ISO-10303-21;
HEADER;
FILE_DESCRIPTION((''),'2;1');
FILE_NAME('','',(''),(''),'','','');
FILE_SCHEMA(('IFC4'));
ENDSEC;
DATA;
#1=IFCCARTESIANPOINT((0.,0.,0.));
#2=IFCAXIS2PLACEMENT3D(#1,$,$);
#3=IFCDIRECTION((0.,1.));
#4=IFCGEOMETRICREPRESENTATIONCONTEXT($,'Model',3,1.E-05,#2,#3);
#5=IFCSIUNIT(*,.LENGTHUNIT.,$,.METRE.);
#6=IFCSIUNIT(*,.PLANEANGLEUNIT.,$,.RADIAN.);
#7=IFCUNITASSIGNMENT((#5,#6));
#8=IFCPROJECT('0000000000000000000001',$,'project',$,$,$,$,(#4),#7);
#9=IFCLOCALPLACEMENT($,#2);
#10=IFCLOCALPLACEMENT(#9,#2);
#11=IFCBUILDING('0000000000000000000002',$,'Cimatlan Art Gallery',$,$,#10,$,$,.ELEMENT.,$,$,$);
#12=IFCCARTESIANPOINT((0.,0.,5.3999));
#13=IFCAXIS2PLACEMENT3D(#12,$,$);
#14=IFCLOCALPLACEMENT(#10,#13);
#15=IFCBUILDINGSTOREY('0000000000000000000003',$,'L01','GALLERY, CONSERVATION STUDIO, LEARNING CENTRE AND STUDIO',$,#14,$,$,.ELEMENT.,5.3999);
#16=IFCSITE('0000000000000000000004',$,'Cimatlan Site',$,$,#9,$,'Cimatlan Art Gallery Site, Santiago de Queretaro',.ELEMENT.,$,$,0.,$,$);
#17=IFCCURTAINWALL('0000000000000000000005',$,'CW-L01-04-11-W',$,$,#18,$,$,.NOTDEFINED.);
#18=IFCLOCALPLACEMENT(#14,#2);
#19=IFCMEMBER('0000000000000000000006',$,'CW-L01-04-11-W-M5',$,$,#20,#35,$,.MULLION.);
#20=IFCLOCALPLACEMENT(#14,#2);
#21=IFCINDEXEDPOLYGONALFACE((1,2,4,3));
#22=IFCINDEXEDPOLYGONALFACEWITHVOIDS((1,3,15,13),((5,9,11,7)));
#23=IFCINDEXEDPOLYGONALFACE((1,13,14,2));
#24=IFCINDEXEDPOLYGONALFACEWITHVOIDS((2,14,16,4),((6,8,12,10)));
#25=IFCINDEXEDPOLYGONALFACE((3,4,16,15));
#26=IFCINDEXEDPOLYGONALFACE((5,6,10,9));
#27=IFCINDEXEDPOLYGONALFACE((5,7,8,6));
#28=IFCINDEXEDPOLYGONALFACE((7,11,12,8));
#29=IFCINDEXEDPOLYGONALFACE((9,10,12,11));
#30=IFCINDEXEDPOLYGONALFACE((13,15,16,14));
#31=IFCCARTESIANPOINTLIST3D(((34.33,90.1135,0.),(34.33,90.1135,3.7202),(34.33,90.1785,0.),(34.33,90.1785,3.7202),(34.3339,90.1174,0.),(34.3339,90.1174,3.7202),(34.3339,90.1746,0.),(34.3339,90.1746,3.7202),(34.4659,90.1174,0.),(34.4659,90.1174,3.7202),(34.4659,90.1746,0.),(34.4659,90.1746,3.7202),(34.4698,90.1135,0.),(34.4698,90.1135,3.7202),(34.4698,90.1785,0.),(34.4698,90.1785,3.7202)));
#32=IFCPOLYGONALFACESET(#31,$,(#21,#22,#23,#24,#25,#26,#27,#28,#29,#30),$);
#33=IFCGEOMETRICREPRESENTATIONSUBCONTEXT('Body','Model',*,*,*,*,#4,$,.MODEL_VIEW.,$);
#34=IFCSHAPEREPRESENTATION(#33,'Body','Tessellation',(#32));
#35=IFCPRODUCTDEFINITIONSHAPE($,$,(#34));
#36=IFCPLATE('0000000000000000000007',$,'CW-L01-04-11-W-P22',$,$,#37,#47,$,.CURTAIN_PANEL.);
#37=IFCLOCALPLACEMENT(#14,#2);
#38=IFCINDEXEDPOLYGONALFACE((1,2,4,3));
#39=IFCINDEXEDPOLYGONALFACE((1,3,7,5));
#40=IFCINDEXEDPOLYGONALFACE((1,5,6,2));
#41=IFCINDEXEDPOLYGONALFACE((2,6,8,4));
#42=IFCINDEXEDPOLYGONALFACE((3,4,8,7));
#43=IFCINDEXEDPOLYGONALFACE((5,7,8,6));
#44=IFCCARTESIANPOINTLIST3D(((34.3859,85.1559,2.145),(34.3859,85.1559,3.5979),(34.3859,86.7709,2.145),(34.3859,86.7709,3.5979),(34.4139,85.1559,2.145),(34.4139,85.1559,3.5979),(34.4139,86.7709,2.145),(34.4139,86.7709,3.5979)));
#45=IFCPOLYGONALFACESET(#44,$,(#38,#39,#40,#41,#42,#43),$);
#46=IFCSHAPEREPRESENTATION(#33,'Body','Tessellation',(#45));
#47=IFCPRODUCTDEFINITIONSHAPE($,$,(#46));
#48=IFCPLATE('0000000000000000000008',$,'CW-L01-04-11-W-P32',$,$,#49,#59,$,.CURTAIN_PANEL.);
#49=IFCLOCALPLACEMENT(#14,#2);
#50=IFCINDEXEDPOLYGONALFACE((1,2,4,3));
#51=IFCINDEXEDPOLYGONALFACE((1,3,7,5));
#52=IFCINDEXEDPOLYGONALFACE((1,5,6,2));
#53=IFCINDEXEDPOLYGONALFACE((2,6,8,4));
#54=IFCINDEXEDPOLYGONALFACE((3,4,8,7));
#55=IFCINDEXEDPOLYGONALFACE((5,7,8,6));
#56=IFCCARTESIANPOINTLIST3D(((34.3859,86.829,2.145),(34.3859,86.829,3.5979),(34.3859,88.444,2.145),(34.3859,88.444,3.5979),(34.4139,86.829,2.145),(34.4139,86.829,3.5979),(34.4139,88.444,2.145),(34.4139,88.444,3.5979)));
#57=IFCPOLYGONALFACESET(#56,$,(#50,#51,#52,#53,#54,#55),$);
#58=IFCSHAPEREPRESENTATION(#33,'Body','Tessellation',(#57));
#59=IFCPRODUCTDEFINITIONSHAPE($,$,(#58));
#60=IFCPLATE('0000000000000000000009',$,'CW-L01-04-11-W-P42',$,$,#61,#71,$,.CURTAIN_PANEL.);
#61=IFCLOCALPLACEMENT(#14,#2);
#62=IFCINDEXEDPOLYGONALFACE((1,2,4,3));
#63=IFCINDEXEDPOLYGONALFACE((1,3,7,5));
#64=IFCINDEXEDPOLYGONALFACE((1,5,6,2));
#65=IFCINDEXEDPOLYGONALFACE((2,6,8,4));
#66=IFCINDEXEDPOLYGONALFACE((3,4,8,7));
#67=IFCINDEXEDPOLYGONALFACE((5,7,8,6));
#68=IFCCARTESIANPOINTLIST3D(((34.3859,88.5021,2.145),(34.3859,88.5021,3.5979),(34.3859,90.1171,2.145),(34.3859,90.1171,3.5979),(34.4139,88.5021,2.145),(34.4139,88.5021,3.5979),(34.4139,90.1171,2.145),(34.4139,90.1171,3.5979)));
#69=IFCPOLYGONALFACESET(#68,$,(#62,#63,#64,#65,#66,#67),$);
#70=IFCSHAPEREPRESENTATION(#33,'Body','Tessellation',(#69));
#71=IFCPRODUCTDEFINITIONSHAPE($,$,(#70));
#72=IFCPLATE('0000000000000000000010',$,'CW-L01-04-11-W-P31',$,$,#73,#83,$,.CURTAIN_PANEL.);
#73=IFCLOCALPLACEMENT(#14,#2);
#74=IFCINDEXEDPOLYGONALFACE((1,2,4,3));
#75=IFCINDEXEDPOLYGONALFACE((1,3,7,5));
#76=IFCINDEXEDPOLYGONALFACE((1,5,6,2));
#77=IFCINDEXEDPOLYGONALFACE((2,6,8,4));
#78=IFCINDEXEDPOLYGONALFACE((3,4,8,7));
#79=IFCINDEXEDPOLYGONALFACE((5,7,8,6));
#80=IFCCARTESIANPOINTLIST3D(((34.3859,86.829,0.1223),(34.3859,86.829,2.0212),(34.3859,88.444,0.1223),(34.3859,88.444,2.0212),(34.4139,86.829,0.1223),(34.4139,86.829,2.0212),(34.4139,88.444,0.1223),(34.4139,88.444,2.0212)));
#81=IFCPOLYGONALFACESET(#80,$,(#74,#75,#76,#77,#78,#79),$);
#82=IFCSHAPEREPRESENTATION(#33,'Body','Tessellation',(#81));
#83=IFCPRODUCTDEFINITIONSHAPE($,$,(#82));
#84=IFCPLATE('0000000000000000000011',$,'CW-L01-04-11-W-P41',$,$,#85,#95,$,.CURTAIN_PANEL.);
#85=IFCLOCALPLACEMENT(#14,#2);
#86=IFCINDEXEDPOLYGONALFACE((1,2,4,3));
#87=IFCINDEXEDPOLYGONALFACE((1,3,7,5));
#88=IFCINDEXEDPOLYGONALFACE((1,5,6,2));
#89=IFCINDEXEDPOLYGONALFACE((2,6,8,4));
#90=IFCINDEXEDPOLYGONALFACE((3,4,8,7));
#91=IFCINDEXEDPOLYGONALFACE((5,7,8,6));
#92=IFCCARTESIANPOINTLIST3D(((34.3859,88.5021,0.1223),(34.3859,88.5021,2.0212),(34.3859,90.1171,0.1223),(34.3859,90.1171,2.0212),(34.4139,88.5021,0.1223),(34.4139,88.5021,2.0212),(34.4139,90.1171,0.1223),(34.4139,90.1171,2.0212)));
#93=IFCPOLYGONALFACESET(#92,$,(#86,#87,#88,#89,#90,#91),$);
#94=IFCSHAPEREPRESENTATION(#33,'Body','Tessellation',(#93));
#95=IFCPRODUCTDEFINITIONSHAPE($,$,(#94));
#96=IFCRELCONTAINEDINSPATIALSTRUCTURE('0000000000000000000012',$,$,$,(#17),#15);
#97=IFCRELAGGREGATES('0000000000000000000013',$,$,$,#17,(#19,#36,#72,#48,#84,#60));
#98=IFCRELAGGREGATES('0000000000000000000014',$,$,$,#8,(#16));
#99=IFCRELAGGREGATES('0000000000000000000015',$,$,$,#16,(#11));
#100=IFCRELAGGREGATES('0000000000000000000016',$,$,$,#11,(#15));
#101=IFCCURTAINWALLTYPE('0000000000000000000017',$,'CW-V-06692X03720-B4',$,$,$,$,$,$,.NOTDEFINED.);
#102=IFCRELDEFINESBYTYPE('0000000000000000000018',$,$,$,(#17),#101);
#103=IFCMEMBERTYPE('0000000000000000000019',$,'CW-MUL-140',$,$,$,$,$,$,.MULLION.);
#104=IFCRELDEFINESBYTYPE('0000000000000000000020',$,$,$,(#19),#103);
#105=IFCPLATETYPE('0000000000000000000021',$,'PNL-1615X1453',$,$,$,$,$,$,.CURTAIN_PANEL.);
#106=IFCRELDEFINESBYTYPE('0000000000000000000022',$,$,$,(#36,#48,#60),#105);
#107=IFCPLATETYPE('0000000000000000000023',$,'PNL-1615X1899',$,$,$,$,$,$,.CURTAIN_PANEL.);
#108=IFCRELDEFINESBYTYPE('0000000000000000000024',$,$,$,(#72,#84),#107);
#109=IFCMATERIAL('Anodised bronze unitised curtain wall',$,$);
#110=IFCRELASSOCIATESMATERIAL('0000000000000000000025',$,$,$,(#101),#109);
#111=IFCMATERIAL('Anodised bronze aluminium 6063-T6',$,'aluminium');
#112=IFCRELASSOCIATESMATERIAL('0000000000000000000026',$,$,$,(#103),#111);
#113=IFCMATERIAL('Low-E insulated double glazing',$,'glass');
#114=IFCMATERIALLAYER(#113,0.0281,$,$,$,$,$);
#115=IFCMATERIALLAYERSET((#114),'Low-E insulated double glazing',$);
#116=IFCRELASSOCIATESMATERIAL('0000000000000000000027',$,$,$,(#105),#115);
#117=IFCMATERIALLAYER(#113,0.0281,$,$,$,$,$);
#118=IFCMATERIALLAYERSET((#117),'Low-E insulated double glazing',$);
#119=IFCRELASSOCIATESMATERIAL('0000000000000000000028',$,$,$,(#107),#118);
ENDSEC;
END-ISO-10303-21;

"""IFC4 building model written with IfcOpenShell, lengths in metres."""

from ifc_helpers import new_model, si_unit, direction, frame, origin, origin_2d, place, context, subcontext, project, spatial, rectangle, hollow_rectangle, extrude, material, layer, layer_set, material_profile, profile_set, type_object, element, aggregate, save


model = new_model("IFC4")

# Units and contexts
model_context = context("Model", 3, precision=1e-05, world=origin(), true_north=direction((0.0, 1.0)))
body_context = subcontext(model_context, "Body", "Model", "MODEL_VIEW")
ifc_project = project(units=[si_unit("LENGTHUNIT", "METRE"), si_unit("PLANEANGLEUNIT", "RADIAN")], contexts=[model_context])

# Site, building, storey
site_placement = place(None, origin())
site = spatial("IfcSite", under=ifc_project, at=site_placement, Name="Cimatlan Site", LongName="Cimatlan Art Gallery Site, Santiago de Queretaro", CompositionType="ELEMENT", RefElevation=0.0)
building_placement = place(site_placement, origin())
building = spatial("IfcBuilding", under=site, at=building_placement, Name="Cimatlan Art Gallery", CompositionType="ELEMENT")
storey_placement = place(building_placement, frame((0.0, 0.0, 5.3999)))
storey = spatial("IfcBuildingStorey", under=building, at=storey_placement, Name="L01", Description="GALLERY, CONSERVATION STUDIO, LEARNING CENTRE AND STUDIO", CompositionType="ELEMENT", Elevation=5.3999)

# Curtain wall, member, plates
ifc_material_1 = material(Name="Anodised bronze unitised curtain wall")
curtain_wall_type = type_object("IfcCurtainWallType", Name="CW-V-06692X03720-B4", PredefinedType="NOTDEFINED", material=ifc_material_1)
curtain_wall_placement = place(storey_placement, origin())
curtain_wall = element("IfcCurtainWall", 1, at=curtain_wall_placement, inside=storey, type_object=curtain_wall_type, Name="CW-L01-04-11-W", PredefinedType="NOTDEFINED")
ifc_material_2 = material(Name="Anodised bronze aluminium 6063-T6", Category="aluminium")
ifc_material_profile_1 = material_profile(ifc_material_2, hollow_rectangle(XDim=0.0649, YDim=0.1399, WallThickness=0.0039, at=origin_2d()), Name="ALU65X140X4")
ifc_profile_set_1 = profile_set([ifc_material_profile_1], Name="Anodised bronze aluminium 6063-T6")
member_type = type_object("IfcMemberType", Name="CW-MUL-140", PredefinedType="MULLION", material=ifc_profile_set_1)
member_1_placement = place(storey_placement, frame((34.3999, 90.146, 0.0), z_axis=(0.0, 0.0, 1.0), x_axis=(0.0, 1.0, 0.0)))
member_1 = element("IfcMember", 2, at=member_1_placement, type_object=member_type, Name="CW-L01-04-11-W-M5", PredefinedType="MULLION", context=body_context, shape_type="SweptSolid", body=[
    extrude(hollow_rectangle(XDim=0.0649, YDim=0.1399, WallThickness=0.0039, at=origin_2d()), origin(), (0.0, 0.0, 1.0), 3.7202),
])
ifc_material_3 = material(Name="Low-E insulated double glazing", Category="glass")
ifc_layer_1 = layer(ifc_material_3, 0.0281)
ifc_layer_set_1 = layer_set([ifc_layer_1], Name="Low-E insulated double glazing")
plate_type_1 = type_object("IfcPlateType", Name="PNL-1615X1453", PredefinedType="CURTAIN_PANEL", material=ifc_layer_set_1)
plate_1_placement = place(storey_placement, frame((34.3999, 85.9634, 2.145), z_axis=(0.0, 0.0, 1.0), x_axis=(0.0, 1.0, 0.0)))
plate_1 = element("IfcPlate", 3, at=plate_1_placement, type_object=plate_type_1, Name="CW-L01-04-11-W-P22", PredefinedType="CURTAIN_PANEL", context=body_context, shape_type="SweptSolid", body=[
    extrude(rectangle(XDim=1.615, YDim=0.0281, at=origin_2d()), origin(), (0.0, 0.0, 1.0), 1.4529),
])
plate_2_placement = place(storey_placement, frame((34.3999, 87.6365, 2.145), z_axis=(0.0, 0.0, 1.0), x_axis=(0.0, 1.0, 0.0)))
plate_2 = element("IfcPlate", 4, at=plate_2_placement, type_object=plate_type_1, Name="CW-L01-04-11-W-P32", PredefinedType="CURTAIN_PANEL", context=body_context, shape_type="SweptSolid", body=[
    extrude(rectangle(XDim=1.615, YDim=0.0281, at=origin_2d()), origin(), (0.0, 0.0, 1.0), 1.4529),
])
plate_3_placement = place(storey_placement, frame((34.3999, 89.3096, 2.145), z_axis=(0.0, 0.0, 1.0), x_axis=(0.0, 1.0, 0.0)))
plate_3 = element("IfcPlate", 5, at=plate_3_placement, type_object=plate_type_1, Name="CW-L01-04-11-W-P42", PredefinedType="CURTAIN_PANEL", context=body_context, shape_type="SweptSolid", body=[
    extrude(rectangle(XDim=1.615, YDim=0.0281, at=origin_2d()), origin(), (0.0, 0.0, 1.0), 1.4529),
])
ifc_layer_2 = layer(ifc_material_3, 0.0281)
ifc_layer_set_2 = layer_set([ifc_layer_2], Name="Low-E insulated double glazing")
plate_type_2 = type_object("IfcPlateType", Name="PNL-1615X1899", PredefinedType="CURTAIN_PANEL", material=ifc_layer_set_2)
plate_4_placement = place(storey_placement, frame((34.3999, 87.6365, 0.1223), z_axis=(0.0, 0.0, 1.0), x_axis=(0.0, 1.0, 0.0)))
plate_4 = element("IfcPlate", 6, at=plate_4_placement, type_object=plate_type_2, Name="CW-L01-04-11-W-P31", PredefinedType="CURTAIN_PANEL", context=body_context, shape_type="SweptSolid", body=[
    extrude(rectangle(XDim=1.615, YDim=0.0281, at=origin_2d()), origin(), (0.0, 0.0, 1.0), 1.8989),
])
plate_5_placement = place(storey_placement, frame((34.3999, 89.3096, 0.1223), z_axis=(0.0, 0.0, 1.0), x_axis=(0.0, 1.0, 0.0)))
plate_5 = element("IfcPlate", 7, at=plate_5_placement, type_object=plate_type_2, Name="CW-L01-04-11-W-P41", PredefinedType="CURTAIN_PANEL", context=body_context, shape_type="SweptSolid", body=[
    extrude(rectangle(XDim=1.615, YDim=0.0281, at=origin_2d()), origin(), (0.0, 0.0, 1.0), 1.8989),
])
aggregate(curtain_wall, [member_1, plate_1, plate_4, plate_2, plate_5, plate_3])

save(model, "model.ifc")
